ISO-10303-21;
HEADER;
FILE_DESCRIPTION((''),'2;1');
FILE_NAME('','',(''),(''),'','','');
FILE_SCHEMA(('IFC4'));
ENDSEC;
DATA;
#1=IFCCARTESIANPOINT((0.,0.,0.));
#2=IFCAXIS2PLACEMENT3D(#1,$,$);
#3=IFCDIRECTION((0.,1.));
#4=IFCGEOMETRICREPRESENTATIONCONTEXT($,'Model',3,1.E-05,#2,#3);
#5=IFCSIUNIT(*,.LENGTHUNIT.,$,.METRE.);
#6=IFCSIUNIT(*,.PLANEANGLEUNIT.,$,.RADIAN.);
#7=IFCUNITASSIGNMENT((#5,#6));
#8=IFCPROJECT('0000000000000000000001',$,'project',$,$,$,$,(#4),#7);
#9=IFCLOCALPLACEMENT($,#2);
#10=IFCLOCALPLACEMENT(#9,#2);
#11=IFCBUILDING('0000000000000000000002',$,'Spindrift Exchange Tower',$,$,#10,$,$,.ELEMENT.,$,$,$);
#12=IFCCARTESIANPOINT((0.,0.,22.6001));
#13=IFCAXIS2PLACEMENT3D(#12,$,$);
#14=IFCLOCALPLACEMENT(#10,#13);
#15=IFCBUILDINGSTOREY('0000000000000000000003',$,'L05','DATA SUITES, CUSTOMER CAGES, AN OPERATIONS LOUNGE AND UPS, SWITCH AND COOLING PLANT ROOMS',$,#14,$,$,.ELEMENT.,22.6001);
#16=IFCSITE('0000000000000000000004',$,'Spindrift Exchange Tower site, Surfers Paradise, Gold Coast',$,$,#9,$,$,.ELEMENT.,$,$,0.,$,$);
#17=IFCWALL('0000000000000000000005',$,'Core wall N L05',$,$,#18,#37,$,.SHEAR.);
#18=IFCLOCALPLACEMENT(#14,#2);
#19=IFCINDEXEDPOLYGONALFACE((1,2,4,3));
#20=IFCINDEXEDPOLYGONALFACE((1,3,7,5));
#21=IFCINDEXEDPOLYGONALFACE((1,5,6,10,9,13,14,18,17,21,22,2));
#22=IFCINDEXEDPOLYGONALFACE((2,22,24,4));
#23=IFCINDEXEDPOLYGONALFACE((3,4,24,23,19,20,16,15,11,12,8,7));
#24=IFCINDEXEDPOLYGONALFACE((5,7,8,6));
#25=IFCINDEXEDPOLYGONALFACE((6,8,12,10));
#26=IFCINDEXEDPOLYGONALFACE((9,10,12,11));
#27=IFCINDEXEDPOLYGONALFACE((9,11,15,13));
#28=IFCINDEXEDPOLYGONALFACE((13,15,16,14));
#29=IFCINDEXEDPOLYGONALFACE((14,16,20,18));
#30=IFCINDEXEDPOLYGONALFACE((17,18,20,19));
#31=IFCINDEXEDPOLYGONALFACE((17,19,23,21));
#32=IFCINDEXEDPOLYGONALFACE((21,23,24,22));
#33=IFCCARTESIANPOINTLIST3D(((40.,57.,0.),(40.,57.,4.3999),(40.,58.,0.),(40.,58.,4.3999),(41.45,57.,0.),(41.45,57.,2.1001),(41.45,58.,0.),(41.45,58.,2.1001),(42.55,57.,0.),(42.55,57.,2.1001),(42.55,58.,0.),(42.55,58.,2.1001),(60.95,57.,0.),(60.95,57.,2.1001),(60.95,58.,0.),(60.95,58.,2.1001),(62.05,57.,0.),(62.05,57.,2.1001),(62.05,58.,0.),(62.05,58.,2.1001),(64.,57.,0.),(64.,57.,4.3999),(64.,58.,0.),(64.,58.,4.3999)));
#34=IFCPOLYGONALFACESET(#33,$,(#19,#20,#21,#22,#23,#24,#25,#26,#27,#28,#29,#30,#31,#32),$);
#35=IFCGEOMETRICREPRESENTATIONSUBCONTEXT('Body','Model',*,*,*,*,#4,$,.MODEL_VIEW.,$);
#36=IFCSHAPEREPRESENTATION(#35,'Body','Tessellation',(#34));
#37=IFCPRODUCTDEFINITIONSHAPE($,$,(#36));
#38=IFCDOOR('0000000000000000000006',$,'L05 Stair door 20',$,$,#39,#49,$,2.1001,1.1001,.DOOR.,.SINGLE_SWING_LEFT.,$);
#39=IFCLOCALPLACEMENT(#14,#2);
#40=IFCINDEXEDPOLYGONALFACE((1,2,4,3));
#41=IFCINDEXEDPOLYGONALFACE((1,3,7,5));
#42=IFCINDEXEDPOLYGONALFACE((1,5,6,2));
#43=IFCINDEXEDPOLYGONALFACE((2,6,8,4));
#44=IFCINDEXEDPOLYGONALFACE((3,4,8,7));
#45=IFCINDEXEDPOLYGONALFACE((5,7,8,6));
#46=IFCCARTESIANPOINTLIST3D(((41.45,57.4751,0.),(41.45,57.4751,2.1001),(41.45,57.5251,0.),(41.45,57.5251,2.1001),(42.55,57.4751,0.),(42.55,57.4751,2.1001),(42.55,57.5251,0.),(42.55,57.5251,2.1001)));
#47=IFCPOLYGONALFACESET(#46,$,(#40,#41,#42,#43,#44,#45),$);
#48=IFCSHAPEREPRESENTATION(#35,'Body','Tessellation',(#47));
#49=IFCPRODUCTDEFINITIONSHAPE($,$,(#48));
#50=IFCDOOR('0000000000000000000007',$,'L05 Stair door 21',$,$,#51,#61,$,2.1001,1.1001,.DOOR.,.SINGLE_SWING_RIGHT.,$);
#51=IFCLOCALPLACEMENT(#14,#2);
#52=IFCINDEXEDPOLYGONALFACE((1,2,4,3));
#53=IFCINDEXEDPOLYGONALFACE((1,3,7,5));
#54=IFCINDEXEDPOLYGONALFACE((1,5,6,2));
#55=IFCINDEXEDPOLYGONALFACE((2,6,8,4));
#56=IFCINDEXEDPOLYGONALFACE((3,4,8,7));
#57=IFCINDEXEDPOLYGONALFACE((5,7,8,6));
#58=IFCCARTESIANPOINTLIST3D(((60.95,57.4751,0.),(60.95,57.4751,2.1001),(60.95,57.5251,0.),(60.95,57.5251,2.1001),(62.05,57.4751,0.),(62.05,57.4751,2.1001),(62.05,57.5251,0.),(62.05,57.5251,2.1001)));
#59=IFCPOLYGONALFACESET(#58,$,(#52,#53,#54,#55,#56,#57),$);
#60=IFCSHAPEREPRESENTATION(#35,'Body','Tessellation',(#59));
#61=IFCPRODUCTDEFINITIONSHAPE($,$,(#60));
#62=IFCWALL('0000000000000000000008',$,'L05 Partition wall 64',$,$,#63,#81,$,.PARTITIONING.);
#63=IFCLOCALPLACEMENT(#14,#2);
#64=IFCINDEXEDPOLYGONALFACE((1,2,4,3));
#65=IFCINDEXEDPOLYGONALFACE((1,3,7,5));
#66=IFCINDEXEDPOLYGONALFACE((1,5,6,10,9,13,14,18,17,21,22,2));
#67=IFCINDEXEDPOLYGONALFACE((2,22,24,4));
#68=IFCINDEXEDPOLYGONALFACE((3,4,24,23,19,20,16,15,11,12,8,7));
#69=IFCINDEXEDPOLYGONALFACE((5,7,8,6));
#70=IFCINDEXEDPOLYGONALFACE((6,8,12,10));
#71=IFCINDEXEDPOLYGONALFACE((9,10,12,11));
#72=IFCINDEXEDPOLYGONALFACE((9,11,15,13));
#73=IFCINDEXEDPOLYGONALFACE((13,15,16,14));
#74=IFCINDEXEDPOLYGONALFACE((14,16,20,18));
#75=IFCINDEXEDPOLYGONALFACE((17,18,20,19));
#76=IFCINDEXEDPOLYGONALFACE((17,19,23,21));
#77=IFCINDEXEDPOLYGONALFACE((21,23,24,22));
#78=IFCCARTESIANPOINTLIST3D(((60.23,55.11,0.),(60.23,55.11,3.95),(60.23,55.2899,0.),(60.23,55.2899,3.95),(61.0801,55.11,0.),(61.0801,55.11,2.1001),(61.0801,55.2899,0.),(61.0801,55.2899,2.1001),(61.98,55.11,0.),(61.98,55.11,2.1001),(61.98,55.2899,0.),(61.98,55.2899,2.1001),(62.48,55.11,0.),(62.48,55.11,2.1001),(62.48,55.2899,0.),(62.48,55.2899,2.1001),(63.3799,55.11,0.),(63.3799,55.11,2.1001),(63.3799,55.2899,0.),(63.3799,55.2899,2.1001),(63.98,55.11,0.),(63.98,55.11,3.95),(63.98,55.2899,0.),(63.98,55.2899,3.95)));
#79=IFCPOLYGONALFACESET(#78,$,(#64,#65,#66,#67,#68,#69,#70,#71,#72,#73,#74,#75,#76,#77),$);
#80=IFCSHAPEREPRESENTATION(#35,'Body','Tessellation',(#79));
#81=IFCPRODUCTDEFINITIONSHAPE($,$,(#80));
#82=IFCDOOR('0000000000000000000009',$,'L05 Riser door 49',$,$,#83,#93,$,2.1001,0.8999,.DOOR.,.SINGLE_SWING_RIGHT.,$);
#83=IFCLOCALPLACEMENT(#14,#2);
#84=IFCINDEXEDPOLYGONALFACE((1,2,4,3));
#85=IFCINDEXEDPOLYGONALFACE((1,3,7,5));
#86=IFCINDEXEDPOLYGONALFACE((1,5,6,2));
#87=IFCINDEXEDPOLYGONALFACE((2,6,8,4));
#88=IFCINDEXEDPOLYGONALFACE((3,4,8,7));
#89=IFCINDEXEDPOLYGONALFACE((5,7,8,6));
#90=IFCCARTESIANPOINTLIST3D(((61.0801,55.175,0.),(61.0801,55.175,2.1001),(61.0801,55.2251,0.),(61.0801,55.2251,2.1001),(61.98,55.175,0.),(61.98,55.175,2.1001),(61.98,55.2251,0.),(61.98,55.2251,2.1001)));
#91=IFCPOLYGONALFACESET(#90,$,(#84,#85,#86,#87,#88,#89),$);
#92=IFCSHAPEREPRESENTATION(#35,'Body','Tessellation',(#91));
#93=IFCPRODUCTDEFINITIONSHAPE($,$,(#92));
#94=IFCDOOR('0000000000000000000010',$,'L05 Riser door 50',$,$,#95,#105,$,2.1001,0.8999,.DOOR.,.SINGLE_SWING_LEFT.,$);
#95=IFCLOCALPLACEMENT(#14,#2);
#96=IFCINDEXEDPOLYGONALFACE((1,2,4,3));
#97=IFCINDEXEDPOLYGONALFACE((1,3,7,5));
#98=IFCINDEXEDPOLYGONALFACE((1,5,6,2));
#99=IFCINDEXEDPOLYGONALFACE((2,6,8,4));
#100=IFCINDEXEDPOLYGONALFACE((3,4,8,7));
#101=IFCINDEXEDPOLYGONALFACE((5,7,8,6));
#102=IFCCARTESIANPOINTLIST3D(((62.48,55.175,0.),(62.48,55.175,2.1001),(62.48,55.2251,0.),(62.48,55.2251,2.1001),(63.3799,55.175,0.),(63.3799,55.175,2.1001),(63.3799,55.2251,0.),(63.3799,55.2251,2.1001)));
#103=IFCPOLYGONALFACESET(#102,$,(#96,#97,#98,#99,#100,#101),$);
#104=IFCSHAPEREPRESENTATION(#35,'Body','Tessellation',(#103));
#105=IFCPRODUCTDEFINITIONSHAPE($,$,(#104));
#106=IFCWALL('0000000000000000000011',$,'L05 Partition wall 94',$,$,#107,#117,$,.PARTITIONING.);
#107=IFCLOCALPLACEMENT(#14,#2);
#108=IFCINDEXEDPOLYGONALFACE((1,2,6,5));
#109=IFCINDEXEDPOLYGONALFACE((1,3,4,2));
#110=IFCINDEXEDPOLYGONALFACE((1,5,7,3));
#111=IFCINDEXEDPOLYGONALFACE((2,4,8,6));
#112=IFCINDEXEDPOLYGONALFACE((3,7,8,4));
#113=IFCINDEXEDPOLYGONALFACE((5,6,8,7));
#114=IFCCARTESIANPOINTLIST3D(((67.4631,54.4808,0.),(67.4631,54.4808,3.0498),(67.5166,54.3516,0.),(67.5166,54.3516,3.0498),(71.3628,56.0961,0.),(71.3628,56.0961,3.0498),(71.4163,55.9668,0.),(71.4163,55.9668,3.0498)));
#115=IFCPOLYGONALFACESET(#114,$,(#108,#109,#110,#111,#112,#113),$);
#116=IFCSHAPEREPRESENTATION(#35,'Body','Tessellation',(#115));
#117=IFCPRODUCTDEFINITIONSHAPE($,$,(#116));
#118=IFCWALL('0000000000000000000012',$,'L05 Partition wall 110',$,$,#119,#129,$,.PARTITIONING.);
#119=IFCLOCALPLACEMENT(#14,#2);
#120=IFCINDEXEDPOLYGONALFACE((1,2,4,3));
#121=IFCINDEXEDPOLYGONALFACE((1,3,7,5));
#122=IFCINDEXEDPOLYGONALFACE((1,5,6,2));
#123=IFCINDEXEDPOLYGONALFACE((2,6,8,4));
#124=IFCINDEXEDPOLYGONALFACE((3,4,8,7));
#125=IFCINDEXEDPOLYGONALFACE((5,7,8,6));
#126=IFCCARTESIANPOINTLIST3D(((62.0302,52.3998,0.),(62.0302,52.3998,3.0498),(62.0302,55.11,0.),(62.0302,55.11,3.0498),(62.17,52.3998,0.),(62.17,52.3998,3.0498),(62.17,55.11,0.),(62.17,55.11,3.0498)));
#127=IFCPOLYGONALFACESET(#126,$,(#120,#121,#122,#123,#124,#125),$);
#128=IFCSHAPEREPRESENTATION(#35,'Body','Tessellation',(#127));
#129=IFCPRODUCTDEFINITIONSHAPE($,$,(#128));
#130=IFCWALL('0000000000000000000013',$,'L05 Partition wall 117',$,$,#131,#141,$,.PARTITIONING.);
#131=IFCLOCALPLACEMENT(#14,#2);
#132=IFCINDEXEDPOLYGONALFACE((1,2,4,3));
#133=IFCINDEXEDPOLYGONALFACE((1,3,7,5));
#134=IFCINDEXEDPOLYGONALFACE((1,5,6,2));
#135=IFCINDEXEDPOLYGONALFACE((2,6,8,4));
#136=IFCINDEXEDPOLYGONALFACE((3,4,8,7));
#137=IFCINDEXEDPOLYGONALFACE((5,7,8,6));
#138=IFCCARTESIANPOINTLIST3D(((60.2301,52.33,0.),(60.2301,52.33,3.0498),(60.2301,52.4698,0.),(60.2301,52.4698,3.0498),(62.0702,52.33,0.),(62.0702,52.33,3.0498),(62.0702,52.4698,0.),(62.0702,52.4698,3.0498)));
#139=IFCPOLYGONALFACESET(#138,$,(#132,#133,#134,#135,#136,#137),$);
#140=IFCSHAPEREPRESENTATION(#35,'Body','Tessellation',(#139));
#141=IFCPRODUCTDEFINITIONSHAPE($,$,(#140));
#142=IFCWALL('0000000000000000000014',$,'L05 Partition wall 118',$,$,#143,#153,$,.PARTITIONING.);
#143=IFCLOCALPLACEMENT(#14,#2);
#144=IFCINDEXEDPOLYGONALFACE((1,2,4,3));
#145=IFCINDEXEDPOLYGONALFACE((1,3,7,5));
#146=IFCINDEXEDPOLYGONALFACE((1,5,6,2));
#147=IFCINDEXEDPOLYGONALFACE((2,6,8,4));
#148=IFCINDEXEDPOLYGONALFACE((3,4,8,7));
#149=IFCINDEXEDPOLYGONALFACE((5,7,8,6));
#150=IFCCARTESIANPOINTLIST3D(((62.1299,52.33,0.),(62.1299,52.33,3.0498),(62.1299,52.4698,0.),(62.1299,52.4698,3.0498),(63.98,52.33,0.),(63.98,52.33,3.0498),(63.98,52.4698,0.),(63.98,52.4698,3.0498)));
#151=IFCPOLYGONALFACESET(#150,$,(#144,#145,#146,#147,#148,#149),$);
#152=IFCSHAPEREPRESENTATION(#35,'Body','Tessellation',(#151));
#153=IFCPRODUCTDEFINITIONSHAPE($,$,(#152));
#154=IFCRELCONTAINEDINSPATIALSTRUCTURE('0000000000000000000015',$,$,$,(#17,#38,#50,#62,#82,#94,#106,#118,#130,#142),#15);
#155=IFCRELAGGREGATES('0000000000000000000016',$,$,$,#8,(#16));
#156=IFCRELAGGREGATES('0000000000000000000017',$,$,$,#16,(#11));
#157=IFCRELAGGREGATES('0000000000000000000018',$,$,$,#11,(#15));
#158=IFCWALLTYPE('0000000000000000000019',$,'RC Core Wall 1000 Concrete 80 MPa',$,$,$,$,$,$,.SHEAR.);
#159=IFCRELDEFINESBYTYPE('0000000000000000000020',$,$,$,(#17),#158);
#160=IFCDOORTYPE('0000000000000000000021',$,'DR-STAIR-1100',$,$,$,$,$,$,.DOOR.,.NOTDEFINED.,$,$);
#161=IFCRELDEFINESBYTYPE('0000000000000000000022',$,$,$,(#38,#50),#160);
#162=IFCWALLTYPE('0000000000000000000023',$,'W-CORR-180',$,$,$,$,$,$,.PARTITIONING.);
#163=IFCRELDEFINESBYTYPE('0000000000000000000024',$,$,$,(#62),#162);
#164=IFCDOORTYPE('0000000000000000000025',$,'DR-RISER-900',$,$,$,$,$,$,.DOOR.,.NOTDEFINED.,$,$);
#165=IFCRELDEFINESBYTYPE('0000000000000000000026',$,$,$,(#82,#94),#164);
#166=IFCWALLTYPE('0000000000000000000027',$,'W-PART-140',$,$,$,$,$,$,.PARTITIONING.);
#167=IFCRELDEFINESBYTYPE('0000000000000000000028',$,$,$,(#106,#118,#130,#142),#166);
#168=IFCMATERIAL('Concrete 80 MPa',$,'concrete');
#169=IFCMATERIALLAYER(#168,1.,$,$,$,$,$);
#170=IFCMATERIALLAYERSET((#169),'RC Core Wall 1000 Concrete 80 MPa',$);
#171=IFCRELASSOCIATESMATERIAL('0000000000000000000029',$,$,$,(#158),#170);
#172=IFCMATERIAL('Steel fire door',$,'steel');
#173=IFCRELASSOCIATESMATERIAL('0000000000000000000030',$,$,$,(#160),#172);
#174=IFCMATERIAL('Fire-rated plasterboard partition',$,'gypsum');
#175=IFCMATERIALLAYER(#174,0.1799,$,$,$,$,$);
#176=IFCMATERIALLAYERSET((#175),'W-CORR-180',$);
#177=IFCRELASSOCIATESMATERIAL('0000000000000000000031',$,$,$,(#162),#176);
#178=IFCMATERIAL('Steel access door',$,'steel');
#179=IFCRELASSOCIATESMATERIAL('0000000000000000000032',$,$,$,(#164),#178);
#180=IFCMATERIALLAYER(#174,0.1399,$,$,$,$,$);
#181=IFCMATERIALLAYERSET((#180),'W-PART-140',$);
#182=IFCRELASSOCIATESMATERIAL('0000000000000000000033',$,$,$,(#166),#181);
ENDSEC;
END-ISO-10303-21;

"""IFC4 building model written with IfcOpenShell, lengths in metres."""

from ifc_helpers import new_model, si_unit, direction, frame, frame_2d, origin, place, context, subcontext, project, spatial, rectangle, extrude, source, transform, mapped, material, layer, layer_set, type_object, element, fill, save


model = new_model("IFC4")

# Units and contexts
model_context = context("Model", 3, precision=1e-05, world=origin(), true_north=direction((0.0, 1.0)))
body_context = subcontext(model_context, "Body", "Model", "MODEL_VIEW")
ifc_project = project(units=[si_unit("LENGTHUNIT", "METRE"), si_unit("PLANEANGLEUNIT", "RADIAN")], contexts=[model_context])

# Site, building, storey
site_placement = place(None, origin())
site = spatial("IfcSite", under=ifc_project, at=site_placement, Name="Spindrift Exchange Tower site, Surfers Paradise, Gold Coast", CompositionType="ELEMENT", RefElevation=0.0)
building_placement = place(site_placement, origin())
building = spatial("IfcBuilding", under=site, at=building_placement, Name="Spindrift Exchange Tower", CompositionType="ELEMENT")
storey_placement = place(building_placement, frame((0.0, 0.0, 22.6001)))
storey = spatial("IfcBuildingStorey", under=building, at=storey_placement, Name="L05", Description="DATA SUITES, CUSTOMER CAGES, AN OPERATIONS LOUNGE AND UPS, SWITCH AND COOLING PLANT ROOMS", CompositionType="ELEMENT", Elevation=22.6001)

# Walls, openings, doors
ifc_material_1 = material(Name="Concrete 80 MPa", Category="concrete")
ifc_layer_1 = layer(ifc_material_1, 1.0)
ifc_layer_set_1 = layer_set([ifc_layer_1], Name="RC Core Wall 1000 Concrete 80 MPa")
wall_type_1 = type_object("IfcWallType", Name="RC Core Wall 1000 Concrete 80 MPa", PredefinedType="SHEAR", material=ifc_layer_set_1)
wall_1_placement = place(storey_placement, frame((64.0, 57.5, 0.0), z_axis=(0.0, 0.0, 1.0), x_axis=(-1.0, 0.0, 0.0)))
wall_1 = element("IfcWall", 1, at=wall_1_placement, inside=storey, type_object=wall_type_1, Name="Core wall N L05", PredefinedType="SHEAR", context=body_context, shape_type="SweptSolid", body=[
    extrude(rectangle(XDim=24.0, YDim=1.0, at=frame_2d((12.0, 0.0))), origin(), (0.0, 0.0, 1.0), 4.3999),
])
opening_1_placement = place(wall_1_placement, frame((21.45, 0.0, 0.0)))
opening_1 = element("IfcOpeningElement", 2, at=opening_1_placement, cuts=wall_1, PredefinedType="OPENING", context=body_context, shape_type="SweptSolid", body=[
    extrude(rectangle(XDim=1.1001, YDim=2.1001, at=frame_2d((0.55, 1.05))), frame((0.0, 0.51, 0.0), z_axis=(0.0, -1.0, 0.0), x_axis=(1.0, 0.0, 0.0)), (0.0, 0.0, 1.0), 1.02),
])
opening_2_placement = place(wall_1_placement, frame((1.95, 0.0, 0.0)))
opening_2 = element("IfcOpeningElement", 3, at=opening_2_placement, cuts=wall_1, PredefinedType="OPENING", context=body_context, shape_type="SweptSolid", body=[
    extrude(rectangle(XDim=1.1001, YDim=2.1001, at=frame_2d((0.55, 1.05))), frame((0.0, 0.51, 0.0), z_axis=(0.0, -1.0, 0.0), x_axis=(1.0, 0.0, 0.0)), (0.0, 0.0, 1.0), 1.02),
])
ifc_material_2 = material(Name="Steel fire door", Category="steel")
door_type_1 = type_object("IfcDoorType", Name="DR-STAIR-1100", OperationType="NOTDEFINED", PredefinedType="DOOR", material=ifc_material_2)
shared_shape_1 = source(origin(), body_context, "Body", "SweptSolid", [
    extrude(rectangle(XDim=1.1001, YDim=2.1001, at=frame_2d((0.55, 1.05))), frame((0.0, 0.0249, 0.0), z_axis=(0.0, -1.0, 0.0), x_axis=(1.0, 0.0, 0.0)), (0.0, 0.0, 1.0), 0.05),
])
door_1_placement = place(opening_1_placement, origin())
door_1 = element("IfcDoor", 4, at=door_1_placement, inside=storey, type_object=door_type_1, Name="L05 Stair door 20", OperationType="SINGLE_SWING_LEFT", OverallHeight=2.1001, OverallWidth=1.1001, PredefinedType="DOOR", context=body_context, shape_type="MappedRepresentation", body=[
    mapped(shared_shape_1, transform((0.0, 0.0, 0.0), scale=1.0)),
])
fill(opening_1, door_1)
door_2_placement = place(opening_2_placement, origin())
door_2 = element("IfcDoor", 5, at=door_2_placement, inside=storey, type_object=door_type_1, Name="L05 Stair door 21", OperationType="SINGLE_SWING_RIGHT", OverallHeight=2.1001, OverallWidth=1.1001, PredefinedType="DOOR", context=body_context, shape_type="MappedRepresentation", body=[
    mapped(shared_shape_1, transform((0.0, 0.0, 0.0), scale=1.0)),
])
fill(opening_2, door_2)
ifc_material_3 = material(Name="Fire-rated plasterboard partition", Category="gypsum")
ifc_layer_2 = layer(ifc_material_3, 0.1799)
ifc_layer_set_2 = layer_set([ifc_layer_2], Name="W-CORR-180")
wall_type_2 = type_object("IfcWallType", Name="W-CORR-180", PredefinedType="PARTITIONING", material=ifc_layer_set_2)
wall_2_placement = place(storey_placement, frame((63.98, 55.2, 0.0), z_axis=(0.0, 0.0, 1.0), x_axis=(-1.0, 0.0, 0.0)))
wall_2 = element("IfcWall", 6, at=wall_2_placement, inside=storey, type_object=wall_type_2, Name="L05 Partition wall 64", PredefinedType="PARTITIONING", context=body_context, shape_type="SweptSolid", body=[
    extrude(rectangle(XDim=3.75, YDim=0.1799, at=frame_2d((1.875, 0.0))), origin(), (0.0, 0.0, 1.0), 3.95),
])
opening_3_placement = place(wall_2_placement, frame((2.0, 0.0, 0.0)))
opening_3 = element("IfcOpeningElement", 7, at=opening_3_placement, cuts=wall_2, PredefinedType="OPENING", context=body_context, shape_type="SweptSolid", body=[
    extrude(rectangle(XDim=0.8999, YDim=2.1001, at=frame_2d((0.45, 1.05))), frame((0.0, 0.0999, 0.0), z_axis=(0.0, -1.0, 0.0), x_axis=(1.0, 0.0, 0.0)), (0.0, 0.0, 1.0), 0.2),
])
opening_4_placement = place(wall_2_placement, frame((0.6001, 0.0, 0.0)))
opening_4 = element("IfcOpeningElement", 8, at=opening_4_placement, cuts=wall_2, PredefinedType="OPENING", context=body_context, shape_type="SweptSolid", body=[
    extrude(rectangle(XDim=0.8999, YDim=2.1001, at=frame_2d((0.45, 1.05))), frame((0.0, 0.0999, 0.0), z_axis=(0.0, -1.0, 0.0), x_axis=(1.0, 0.0, 0.0)), (0.0, 0.0, 1.0), 0.2),
])
ifc_material_4 = material(Name="Steel access door", Category="steel")
door_type_2 = type_object("IfcDoorType", Name="DR-RISER-900", OperationType="NOTDEFINED", PredefinedType="DOOR", material=ifc_material_4)
shared_shape_2 = source(origin(), body_context, "Body", "SweptSolid", [
    extrude(rectangle(XDim=0.8999, YDim=2.1001, at=frame_2d((0.45, 1.05))), frame((0.0, 0.0249, 0.0), z_axis=(0.0, -1.0, 0.0), x_axis=(1.0, 0.0, 0.0)), (0.0, 0.0, 1.0), 0.05),
])
door_3_placement = place(opening_3_placement, origin())
door_3 = element("IfcDoor", 9, at=door_3_placement, inside=storey, type_object=door_type_2, Name="L05 Riser door 49", OperationType="SINGLE_SWING_RIGHT", OverallHeight=2.1001, OverallWidth=0.8999, PredefinedType="DOOR", context=body_context, shape_type="MappedRepresentation", body=[
    mapped(shared_shape_2, transform((0.0, 0.0, 0.0), scale=1.0)),
])
fill(opening_3, door_3)
door_4_placement = place(opening_4_placement, origin())
door_4 = element("IfcDoor", 10, at=door_4_placement, inside=storey, type_object=door_type_2, Name="L05 Riser door 50", OperationType="SINGLE_SWING_LEFT", OverallHeight=2.1001, OverallWidth=0.8999, PredefinedType="DOOR", context=body_context, shape_type="MappedRepresentation", body=[
    mapped(shared_shape_2, transform((0.0, 0.0, 0.0), scale=1.0)),
])
fill(opening_4, door_4)

# Walls
ifc_layer_3 = layer(ifc_material_3, 0.1399)
ifc_layer_set_3 = layer_set([ifc_layer_3], Name="W-PART-140")
wall_type_3 = type_object("IfcWallType", Name="W-PART-140", PredefinedType="PARTITIONING", material=ifc_layer_set_3)
wall_3_placement = place(storey_placement, frame((67.49, 54.4163, 0.0), z_axis=(0.0, 0.0, 1.0), x_axis=(0.923884, 0.382672, 0.0)))
element("IfcWall", 11, at=wall_3_placement, inside=storey, type_object=wall_type_3, Name="L05 Partition wall 94", PredefinedType="PARTITIONING", context=body_context, shape_type="SweptSolid", body=[
    extrude(rectangle(XDim=4.2209, YDim=0.1399, at=frame_2d((2.1104, 0.0))), origin(), (0.0, 0.0, 1.0), 3.0498),
])
wall_4_placement = place(storey_placement, frame((62.1001, 52.3999, 0.0), z_axis=(0.0, 0.0, 1.0), x_axis=(0.0, 1.0, 0.0)))
element("IfcWall", 12, at=wall_4_placement, inside=storey, type_object=wall_type_3, Name="L05 Partition wall 110", PredefinedType="PARTITIONING", context=body_context, shape_type="SweptSolid", body=[
    extrude(rectangle(XDim=2.7102, YDim=0.1399, at=frame_2d((1.355, 0.0))), origin(), (0.0, 0.0, 1.0), 3.0498),
])
wall_5_placement = place(storey_placement, frame((62.0701, 52.3999, 0.0), z_axis=(0.0, 0.0, 1.0), x_axis=(-1.0, 0.0, 0.0)))
element("IfcWall", 13, at=wall_5_placement, inside=storey, type_object=wall_type_3, Name="L05 Partition wall 117", PredefinedType="PARTITIONING", context=body_context, shape_type="SweptSolid", body=[
    extrude(rectangle(XDim=1.8401, YDim=0.1399, at=frame_2d((0.9199, 0.0))), origin(), (0.0, 0.0, 1.0), 3.0498),
])
wall_6_placement = place(storey_placement, frame((63.98, 52.3999, 0.0), z_axis=(0.0, 0.0, 1.0), x_axis=(-1.0, 0.0, 0.0)))
element("IfcWall", 14, at=wall_6_placement, inside=storey, type_object=wall_type_3, Name="L05 Partition wall 118", PredefinedType="PARTITIONING", context=body_context, shape_type="SweptSolid", body=[
    extrude(rectangle(XDim=1.8501, YDim=0.1399, at=frame_2d((0.925, 0.0))), origin(), (0.0, 0.0, 1.0), 3.0498),
])

save(model, "model.ifc")
